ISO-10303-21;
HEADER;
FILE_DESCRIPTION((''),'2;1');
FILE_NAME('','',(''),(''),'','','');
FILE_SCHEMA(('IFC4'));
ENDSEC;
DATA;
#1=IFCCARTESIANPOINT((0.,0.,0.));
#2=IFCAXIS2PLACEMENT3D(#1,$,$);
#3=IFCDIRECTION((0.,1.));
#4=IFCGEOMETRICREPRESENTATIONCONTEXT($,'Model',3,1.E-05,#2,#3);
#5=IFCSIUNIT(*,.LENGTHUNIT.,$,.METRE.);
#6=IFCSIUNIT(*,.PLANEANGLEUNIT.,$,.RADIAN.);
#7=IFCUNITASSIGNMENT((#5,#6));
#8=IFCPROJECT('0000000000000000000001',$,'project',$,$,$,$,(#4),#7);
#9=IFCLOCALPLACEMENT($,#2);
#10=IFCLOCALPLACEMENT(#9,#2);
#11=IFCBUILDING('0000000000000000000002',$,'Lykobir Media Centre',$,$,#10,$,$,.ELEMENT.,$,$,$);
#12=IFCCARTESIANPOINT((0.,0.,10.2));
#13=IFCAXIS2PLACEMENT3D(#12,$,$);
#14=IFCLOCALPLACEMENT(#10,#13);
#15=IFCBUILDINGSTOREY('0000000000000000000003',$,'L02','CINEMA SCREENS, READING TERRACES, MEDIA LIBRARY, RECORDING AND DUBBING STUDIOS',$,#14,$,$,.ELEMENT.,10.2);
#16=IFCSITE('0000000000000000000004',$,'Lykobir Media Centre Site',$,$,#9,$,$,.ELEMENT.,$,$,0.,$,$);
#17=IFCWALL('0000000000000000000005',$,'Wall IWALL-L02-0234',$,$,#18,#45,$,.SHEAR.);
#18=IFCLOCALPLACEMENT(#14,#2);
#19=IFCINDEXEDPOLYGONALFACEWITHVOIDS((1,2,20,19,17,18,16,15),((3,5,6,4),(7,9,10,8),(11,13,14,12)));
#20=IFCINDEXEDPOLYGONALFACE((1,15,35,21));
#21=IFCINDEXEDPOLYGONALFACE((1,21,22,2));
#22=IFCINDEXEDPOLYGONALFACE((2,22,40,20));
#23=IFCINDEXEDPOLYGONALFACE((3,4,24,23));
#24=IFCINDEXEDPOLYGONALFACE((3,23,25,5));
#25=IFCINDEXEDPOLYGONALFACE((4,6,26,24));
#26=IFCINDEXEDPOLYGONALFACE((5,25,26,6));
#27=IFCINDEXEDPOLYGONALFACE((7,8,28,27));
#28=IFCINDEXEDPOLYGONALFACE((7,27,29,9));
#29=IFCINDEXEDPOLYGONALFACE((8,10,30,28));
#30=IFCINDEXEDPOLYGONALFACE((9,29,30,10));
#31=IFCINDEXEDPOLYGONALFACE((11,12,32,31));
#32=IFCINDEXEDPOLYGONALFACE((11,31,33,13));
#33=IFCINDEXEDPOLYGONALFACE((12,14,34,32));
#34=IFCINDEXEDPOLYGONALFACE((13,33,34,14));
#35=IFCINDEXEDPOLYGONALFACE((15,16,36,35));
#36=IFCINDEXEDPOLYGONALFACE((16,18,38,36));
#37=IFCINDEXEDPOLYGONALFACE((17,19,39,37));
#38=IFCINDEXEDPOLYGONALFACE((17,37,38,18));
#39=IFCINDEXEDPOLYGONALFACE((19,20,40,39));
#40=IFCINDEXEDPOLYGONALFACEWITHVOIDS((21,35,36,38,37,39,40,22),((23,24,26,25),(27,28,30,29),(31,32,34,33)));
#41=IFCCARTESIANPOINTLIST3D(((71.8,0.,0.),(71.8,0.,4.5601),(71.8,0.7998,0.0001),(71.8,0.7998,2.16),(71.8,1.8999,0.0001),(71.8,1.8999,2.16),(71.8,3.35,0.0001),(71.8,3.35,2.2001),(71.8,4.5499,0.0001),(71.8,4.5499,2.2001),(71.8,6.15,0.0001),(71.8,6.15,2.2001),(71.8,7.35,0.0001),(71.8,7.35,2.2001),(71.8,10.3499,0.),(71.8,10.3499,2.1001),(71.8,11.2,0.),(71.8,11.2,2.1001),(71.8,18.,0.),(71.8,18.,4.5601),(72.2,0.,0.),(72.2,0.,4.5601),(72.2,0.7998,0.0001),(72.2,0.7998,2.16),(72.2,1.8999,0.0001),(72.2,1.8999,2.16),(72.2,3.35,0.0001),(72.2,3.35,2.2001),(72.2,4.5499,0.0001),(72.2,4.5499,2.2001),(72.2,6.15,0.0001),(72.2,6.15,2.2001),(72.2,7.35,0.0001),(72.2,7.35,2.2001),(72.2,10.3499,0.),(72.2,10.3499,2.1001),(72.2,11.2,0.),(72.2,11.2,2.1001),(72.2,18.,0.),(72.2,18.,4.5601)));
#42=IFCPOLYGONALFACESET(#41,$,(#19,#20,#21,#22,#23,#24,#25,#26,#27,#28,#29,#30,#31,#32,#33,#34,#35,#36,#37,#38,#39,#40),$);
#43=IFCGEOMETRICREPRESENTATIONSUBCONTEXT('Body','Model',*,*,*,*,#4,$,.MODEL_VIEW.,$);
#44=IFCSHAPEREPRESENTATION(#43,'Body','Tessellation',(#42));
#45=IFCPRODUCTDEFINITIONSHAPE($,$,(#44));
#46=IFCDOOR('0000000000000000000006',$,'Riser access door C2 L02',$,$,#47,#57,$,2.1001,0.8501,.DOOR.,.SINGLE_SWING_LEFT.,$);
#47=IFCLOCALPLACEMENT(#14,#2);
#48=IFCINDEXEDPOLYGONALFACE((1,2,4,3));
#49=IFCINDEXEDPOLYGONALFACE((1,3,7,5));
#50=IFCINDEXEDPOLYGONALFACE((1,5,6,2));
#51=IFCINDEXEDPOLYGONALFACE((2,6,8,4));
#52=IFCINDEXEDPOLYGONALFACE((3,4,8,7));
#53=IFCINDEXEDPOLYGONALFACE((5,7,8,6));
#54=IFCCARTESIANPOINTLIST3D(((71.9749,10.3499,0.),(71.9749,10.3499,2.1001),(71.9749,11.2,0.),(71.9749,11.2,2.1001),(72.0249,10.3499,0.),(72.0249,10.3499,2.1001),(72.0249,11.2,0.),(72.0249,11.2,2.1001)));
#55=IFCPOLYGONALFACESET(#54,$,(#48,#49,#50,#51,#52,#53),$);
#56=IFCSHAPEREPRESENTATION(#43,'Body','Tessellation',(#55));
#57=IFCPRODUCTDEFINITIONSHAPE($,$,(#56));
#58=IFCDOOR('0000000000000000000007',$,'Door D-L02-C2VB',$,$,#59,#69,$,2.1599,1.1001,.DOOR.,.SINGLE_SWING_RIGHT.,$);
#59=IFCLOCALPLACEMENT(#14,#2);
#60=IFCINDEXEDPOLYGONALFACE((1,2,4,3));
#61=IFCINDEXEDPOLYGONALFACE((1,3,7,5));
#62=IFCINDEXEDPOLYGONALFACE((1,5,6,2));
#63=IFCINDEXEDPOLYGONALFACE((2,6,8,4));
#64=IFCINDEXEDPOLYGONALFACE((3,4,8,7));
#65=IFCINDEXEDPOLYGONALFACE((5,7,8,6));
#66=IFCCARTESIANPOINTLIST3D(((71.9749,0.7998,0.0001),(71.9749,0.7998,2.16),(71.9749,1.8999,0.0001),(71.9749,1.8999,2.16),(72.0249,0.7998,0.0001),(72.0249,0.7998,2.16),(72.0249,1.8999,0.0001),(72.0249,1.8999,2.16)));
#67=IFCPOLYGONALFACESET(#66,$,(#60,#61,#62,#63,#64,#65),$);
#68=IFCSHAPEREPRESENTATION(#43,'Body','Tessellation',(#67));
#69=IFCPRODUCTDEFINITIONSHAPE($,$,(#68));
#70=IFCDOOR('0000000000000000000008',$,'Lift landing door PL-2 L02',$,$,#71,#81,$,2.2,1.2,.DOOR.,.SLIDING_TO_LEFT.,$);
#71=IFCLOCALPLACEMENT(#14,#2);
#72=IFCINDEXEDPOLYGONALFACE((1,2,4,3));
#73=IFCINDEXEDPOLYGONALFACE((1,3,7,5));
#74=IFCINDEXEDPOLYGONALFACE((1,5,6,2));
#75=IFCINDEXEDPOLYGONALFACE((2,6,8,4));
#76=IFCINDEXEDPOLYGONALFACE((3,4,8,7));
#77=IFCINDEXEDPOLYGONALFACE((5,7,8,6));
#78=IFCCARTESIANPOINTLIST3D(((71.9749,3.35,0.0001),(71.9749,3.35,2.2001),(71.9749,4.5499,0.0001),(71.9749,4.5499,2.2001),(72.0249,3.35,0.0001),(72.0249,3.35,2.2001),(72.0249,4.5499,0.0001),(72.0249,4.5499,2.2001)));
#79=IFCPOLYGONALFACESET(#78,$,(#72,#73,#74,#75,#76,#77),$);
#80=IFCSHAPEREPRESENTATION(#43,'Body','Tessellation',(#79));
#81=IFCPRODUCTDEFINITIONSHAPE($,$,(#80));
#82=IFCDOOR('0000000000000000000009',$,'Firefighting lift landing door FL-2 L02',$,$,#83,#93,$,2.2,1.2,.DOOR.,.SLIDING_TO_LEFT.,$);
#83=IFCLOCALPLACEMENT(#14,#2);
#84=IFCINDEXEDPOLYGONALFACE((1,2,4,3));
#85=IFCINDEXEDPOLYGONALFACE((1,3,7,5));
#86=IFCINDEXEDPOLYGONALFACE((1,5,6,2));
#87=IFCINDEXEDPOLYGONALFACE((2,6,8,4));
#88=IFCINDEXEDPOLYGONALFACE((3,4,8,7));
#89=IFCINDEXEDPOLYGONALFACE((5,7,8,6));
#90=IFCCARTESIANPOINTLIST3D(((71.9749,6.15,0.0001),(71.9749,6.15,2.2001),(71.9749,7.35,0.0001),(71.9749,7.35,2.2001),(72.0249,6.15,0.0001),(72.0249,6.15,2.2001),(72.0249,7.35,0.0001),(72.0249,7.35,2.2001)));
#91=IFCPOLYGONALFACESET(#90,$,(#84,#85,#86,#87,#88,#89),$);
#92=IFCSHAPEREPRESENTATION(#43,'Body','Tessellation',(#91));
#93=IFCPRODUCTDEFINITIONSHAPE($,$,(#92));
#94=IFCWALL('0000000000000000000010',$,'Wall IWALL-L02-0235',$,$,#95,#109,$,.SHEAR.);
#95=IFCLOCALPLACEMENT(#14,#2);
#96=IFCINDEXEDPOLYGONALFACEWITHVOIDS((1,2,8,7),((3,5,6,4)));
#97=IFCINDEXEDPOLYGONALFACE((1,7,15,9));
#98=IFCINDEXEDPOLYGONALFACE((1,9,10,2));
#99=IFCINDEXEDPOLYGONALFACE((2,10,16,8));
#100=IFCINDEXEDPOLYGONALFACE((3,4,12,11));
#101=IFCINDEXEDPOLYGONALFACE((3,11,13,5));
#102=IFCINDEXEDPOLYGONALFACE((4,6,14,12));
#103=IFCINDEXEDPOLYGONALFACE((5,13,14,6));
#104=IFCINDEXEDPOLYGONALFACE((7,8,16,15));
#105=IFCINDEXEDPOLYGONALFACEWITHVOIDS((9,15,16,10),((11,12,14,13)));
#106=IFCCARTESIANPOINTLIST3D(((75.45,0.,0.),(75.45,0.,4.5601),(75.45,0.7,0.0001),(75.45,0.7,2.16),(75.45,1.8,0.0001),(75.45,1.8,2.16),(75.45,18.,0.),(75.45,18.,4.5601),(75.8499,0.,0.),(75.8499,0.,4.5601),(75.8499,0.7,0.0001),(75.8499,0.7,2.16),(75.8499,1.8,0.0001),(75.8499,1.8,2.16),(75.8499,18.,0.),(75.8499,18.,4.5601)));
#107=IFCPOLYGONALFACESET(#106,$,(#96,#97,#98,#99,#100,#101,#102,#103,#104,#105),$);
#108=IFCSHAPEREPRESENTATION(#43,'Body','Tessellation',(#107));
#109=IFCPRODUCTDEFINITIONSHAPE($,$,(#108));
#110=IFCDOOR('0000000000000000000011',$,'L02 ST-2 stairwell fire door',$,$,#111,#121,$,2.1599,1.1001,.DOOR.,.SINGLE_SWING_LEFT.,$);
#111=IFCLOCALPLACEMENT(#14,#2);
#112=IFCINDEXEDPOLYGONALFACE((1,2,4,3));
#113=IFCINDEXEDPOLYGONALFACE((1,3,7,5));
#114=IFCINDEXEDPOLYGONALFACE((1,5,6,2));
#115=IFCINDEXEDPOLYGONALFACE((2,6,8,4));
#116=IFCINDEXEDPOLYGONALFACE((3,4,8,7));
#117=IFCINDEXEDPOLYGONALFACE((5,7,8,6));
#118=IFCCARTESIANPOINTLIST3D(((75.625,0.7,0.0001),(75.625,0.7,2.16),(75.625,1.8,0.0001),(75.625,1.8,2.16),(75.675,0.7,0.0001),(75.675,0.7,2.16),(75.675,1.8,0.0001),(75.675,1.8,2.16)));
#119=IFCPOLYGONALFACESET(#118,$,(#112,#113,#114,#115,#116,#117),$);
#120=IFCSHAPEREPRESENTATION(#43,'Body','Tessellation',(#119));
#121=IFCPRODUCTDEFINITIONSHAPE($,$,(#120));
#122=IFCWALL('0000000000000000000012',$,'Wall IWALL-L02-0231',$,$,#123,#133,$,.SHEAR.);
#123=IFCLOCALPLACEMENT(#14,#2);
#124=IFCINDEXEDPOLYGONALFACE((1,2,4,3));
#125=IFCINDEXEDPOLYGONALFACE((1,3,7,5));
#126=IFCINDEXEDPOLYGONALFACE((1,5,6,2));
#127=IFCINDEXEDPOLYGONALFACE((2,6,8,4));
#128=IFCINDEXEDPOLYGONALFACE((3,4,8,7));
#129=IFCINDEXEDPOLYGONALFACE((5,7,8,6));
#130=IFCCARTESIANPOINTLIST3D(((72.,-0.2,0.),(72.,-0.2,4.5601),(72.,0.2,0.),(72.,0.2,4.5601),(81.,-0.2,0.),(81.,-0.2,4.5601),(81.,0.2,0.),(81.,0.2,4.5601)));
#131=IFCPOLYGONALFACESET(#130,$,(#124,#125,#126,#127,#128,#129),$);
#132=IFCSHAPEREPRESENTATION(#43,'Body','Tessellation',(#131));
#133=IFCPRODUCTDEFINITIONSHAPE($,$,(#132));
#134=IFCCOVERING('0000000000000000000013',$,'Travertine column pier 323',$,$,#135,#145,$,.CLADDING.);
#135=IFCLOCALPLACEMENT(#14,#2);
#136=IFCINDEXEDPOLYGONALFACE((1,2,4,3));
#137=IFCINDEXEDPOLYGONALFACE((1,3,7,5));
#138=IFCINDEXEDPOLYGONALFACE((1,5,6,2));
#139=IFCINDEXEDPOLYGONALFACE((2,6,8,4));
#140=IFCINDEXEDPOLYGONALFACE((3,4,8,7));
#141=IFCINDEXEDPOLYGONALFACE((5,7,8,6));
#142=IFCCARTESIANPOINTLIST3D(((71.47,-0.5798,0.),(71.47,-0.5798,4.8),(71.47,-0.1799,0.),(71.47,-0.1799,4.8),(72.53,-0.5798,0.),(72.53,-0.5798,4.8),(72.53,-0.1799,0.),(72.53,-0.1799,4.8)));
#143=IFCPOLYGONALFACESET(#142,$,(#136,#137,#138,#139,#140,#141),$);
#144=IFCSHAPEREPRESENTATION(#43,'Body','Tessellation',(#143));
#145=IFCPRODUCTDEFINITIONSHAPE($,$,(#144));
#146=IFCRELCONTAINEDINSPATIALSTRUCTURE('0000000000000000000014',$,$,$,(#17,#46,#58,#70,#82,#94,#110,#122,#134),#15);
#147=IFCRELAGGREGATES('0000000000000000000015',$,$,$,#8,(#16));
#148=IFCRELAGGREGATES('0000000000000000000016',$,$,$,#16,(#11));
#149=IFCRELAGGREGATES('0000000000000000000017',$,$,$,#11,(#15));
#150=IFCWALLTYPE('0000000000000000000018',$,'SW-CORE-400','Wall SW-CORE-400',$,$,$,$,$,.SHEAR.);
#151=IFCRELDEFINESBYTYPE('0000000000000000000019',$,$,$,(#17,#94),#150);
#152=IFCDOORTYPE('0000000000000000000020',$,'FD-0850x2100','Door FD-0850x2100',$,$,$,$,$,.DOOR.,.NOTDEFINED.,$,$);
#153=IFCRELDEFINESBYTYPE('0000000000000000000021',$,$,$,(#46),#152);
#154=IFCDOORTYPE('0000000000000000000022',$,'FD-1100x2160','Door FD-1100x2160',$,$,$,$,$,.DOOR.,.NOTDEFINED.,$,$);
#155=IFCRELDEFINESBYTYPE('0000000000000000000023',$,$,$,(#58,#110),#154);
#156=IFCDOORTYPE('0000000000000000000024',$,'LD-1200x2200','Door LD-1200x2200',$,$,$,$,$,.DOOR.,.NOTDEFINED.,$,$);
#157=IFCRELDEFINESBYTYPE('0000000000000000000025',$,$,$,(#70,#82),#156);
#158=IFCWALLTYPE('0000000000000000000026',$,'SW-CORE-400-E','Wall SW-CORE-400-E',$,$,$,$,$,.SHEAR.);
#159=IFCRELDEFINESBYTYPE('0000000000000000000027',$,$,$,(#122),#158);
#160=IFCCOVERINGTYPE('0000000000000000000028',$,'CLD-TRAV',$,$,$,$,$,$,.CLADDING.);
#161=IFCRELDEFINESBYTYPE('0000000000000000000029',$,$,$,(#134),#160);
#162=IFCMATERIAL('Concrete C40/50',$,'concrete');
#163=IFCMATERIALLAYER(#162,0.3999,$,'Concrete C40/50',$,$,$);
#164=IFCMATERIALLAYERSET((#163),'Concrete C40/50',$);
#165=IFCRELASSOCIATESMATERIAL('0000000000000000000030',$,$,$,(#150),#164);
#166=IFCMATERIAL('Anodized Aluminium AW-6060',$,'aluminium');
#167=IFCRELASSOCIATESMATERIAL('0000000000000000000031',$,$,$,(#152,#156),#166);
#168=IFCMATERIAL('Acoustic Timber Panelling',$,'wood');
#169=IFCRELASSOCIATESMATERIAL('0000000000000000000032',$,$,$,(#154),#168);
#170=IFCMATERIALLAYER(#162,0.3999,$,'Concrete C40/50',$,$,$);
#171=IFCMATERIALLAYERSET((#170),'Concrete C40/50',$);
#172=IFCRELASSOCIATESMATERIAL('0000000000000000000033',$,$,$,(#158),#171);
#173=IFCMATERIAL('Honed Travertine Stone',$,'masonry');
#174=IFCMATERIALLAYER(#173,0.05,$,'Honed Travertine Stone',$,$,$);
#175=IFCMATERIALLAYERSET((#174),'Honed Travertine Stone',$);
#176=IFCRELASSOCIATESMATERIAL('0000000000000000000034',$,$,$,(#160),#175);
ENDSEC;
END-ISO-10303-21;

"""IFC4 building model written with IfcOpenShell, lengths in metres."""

from ifc_helpers import new_model, si_unit, direction, frame, frame_2d, origin, origin_2d, place, context, subcontext, project, spatial, rectangle, extrude, material, layer, layer_set, type_object, element, fill, save


model = new_model("IFC4")

# Units and contexts
model_context = context("Model", 3, precision=1e-05, world=origin(), true_north=direction((0.0, 1.0)))
body_context = subcontext(model_context, "Body", "Model", "MODEL_VIEW")
ifc_project = project(units=[si_unit("LENGTHUNIT", "METRE"), si_unit("PLANEANGLEUNIT", "RADIAN")], contexts=[model_context])

# Site, building, storey
site_placement = place(None, origin())
site = spatial("IfcSite", under=ifc_project, at=site_placement, Name="Lykobir Media Centre Site", CompositionType="ELEMENT", RefElevation=0.0)
building_placement = place(site_placement, origin())
building = spatial("IfcBuilding", under=site, at=building_placement, Name="Lykobir Media Centre", CompositionType="ELEMENT")
storey_placement = place(building_placement, frame((0.0, 0.0, 10.2)))
storey = spatial("IfcBuildingStorey", under=building, at=storey_placement, Name="L02", Description="CINEMA SCREENS, READING TERRACES, MEDIA LIBRARY, RECORDING AND DUBBING STUDIOS", CompositionType="ELEMENT", Elevation=10.2)

# Shared definitions
ifc_material_1 = material(Name="Concrete C40/50", Category="concrete")

# Shared definitions
ifc_material_2 = material(Name="Acoustic Timber Panelling", Category="wood")

# Wall, openings, doors
ifc_layer_1 = layer(ifc_material_1, 0.3999, Name="Concrete C40/50")
ifc_layer_set_1 = layer_set([ifc_layer_1], Name="Concrete C40/50")
wall_type_1 = type_object("IfcWallType", Name="SW-CORE-400", Description="Wall SW-CORE-400", PredefinedType="SHEAR", material=ifc_layer_set_1)
wall_1_placement = place(storey_placement, frame((72.0, 18.0, 0.0), z_axis=(0.0, 0.0, 1.0), x_axis=(0.0, -1.0, 0.0)))
wall_1 = element("IfcWall", 1, at=wall_1_placement, inside=storey, type_object=wall_type_1, Name="Wall IWALL-L02-0234", PredefinedType="SHEAR", context=body_context, shape_type="SweptSolid", body=[
    extrude(rectangle(XDim=18.0, YDim=0.3999, at=frame_2d((9.0, 0.0))), origin(), (0.0, 0.0, 1.0), 4.5601),
])
opening_1_placement = place(wall_1_placement, frame((16.1001, 0.0, 0.0)))
opening_1 = element("IfcOpeningElement", 2, at=opening_1_placement, cuts=wall_1, PredefinedType="OPENING", context=body_context, shape_type="SweptSolid", body=[
    extrude(rectangle(XDim=1.1001, YDim=2.1599, at=frame_2d((0.55, 1.0801))), frame((0.0, 0.21, 0.0), z_axis=(0.0, -1.0, 0.0), x_axis=(1.0, 0.0, 0.0)), (0.0, 0.0, 1.0), 0.4199),
])
opening_2_placement = place(wall_1_placement, frame((13.45, 0.0, 0.0)))
opening_2 = element("IfcOpeningElement", 3, at=opening_2_placement, cuts=wall_1, PredefinedType="OPENING", context=body_context, shape_type="SweptSolid", body=[
    extrude(rectangle(XDim=1.2, YDim=2.2, at=frame_2d((0.6001, 1.1001))), frame((0.0, 0.21, 0.0), z_axis=(0.0, -1.0, 0.0), x_axis=(1.0, 0.0, 0.0)), (0.0, 0.0, 1.0), 0.4199),
])
opening_3_placement = place(wall_1_placement, frame((10.6499, 0.0, 0.0)))
opening_3 = element("IfcOpeningElement", 4, at=opening_3_placement, cuts=wall_1, PredefinedType="OPENING", context=body_context, shape_type="SweptSolid", body=[
    extrude(rectangle(XDim=1.2, YDim=2.2, at=frame_2d((0.6001, 1.1001))), frame((0.0, 0.21, 0.0), z_axis=(0.0, -1.0, 0.0), x_axis=(1.0, 0.0, 0.0)), (0.0, 0.0, 1.0), 0.4199),
])
opening_4_placement = place(wall_1_placement, frame((6.8, 0.0, 0.0)))
opening_4 = element("IfcOpeningElement", 5, at=opening_4_placement, cuts=wall_1, PredefinedType="OPENING", context=body_context, shape_type="SweptSolid", body=[
    extrude(rectangle(XDim=0.8501, YDim=2.1001, at=frame_2d((0.425, 1.05))), frame((0.0, 0.21, 0.0), z_axis=(0.0, -1.0, 0.0), x_axis=(1.0, 0.0, 0.0)), (0.0, 0.0, 1.0), 0.4199),
])
ifc_material_3 = material(Name="Anodized Aluminium AW-6060", Category="aluminium")
door_type_1 = type_object("IfcDoorType", Name="FD-0850x2100", Description="Door FD-0850x2100", OperationType="NOTDEFINED", PredefinedType="DOOR", material=ifc_material_3)
door_1_placement = place(opening_4_placement, origin())
door_1 = element("IfcDoor", 6, at=door_1_placement, inside=storey, type_object=door_type_1, Name="Riser access door C2 L02", OperationType="SINGLE_SWING_LEFT", OverallHeight=2.1001, OverallWidth=0.8501, PredefinedType="DOOR", context=body_context, shape_type="SweptSolid", body=[
    extrude(rectangle(XDim=0.8501, YDim=2.1001, at=frame_2d((0.425, 1.05))), frame((0.0, 0.0249, 0.0), z_axis=(0.0, -1.0, 0.0), x_axis=(1.0, 0.0, 0.0)), (0.0, 0.0, 1.0), 0.05),
])
fill(opening_4, door_1)
door_type_2 = type_object("IfcDoorType", Name="FD-1100x2160", Description="Door FD-1100x2160", OperationType="NOTDEFINED", PredefinedType="DOOR", material=ifc_material_2)
door_2_placement = place(opening_1_placement, origin())
door_2 = element("IfcDoor", 7, at=door_2_placement, inside=storey, type_object=door_type_2, Name="Door D-L02-C2VB", OperationType="SINGLE_SWING_RIGHT", OverallHeight=2.1599, OverallWidth=1.1001, PredefinedType="DOOR", context=body_context, shape_type="SweptSolid", body=[
    extrude(rectangle(XDim=1.1001, YDim=2.1599, at=frame_2d((0.55, 1.0801))), frame((0.0, 0.0249, 0.0), z_axis=(0.0, -1.0, 0.0), x_axis=(1.0, 0.0, 0.0)), (0.0, 0.0, 1.0), 0.05),
])
fill(opening_1, door_2)
door_type_3 = type_object("IfcDoorType", Name="LD-1200x2200", Description="Door LD-1200x2200", OperationType="NOTDEFINED", PredefinedType="DOOR", material=ifc_material_3)
door_3_placement = place(opening_2_placement, origin())
door_3 = element("IfcDoor", 8, at=door_3_placement, inside=storey, type_object=door_type_3, Name="Lift landing door PL-2 L02", OperationType="SLIDING_TO_LEFT", OverallHeight=2.2, OverallWidth=1.2, PredefinedType="DOOR", context=body_context, shape_type="SweptSolid", body=[
    extrude(rectangle(XDim=1.2, YDim=2.2, at=frame_2d((0.6001, 1.1001))), frame((0.0, 0.0249, 0.0), z_axis=(0.0, -1.0, 0.0), x_axis=(1.0, 0.0, 0.0)), (0.0, 0.0, 1.0), 0.05),
])
fill(opening_2, door_3)
door_4_placement = place(opening_3_placement, origin())
door_4 = element("IfcDoor", 9, at=door_4_placement, inside=storey, type_object=door_type_3, Name="Firefighting lift landing door FL-2 L02", OperationType="SLIDING_TO_LEFT", OverallHeight=2.2, OverallWidth=1.2, PredefinedType="DOOR", context=body_context, shape_type="SweptSolid", body=[
    extrude(rectangle(XDim=1.2, YDim=2.2, at=frame_2d((0.6001, 1.1001))), frame((0.0, 0.0249, 0.0), z_axis=(0.0, -1.0, 0.0), x_axis=(1.0, 0.0, 0.0)), (0.0, 0.0, 1.0), 0.05),
])
fill(opening_3, door_4)

# Wall, opening, door
wall_2_placement = place(storey_placement, frame((75.6499, 0.0, 0.0), z_axis=(0.0, 0.0, 1.0), x_axis=(0.0, 1.0, 0.0)))
wall_2 = element("IfcWall", 10, at=wall_2_placement, inside=storey, type_object=wall_type_1, Name="Wall IWALL-L02-0235", PredefinedType="SHEAR", context=body_context, shape_type="SweptSolid", body=[
    extrude(rectangle(XDim=18.0, YDim=0.3999, at=frame_2d((9.0, 0.0))), origin(), (0.0, 0.0, 1.0), 4.5601),
])
opening_5_placement = place(wall_2_placement, frame((0.7, 0.0, 0.0)))
opening_5 = element("IfcOpeningElement", 11, at=opening_5_placement, cuts=wall_2, PredefinedType="OPENING", context=body_context, shape_type="SweptSolid", body=[
    extrude(rectangle(XDim=1.1001, YDim=2.1599, at=frame_2d((0.55, 1.0801))), frame((0.0, 0.21, 0.0), z_axis=(0.0, -1.0, 0.0), x_axis=(1.0, 0.0, 0.0)), (0.0, 0.0, 1.0), 0.4199),
])
door_5_placement = place(opening_5_placement, origin())
door_5 = element("IfcDoor", 12, at=door_5_placement, inside=storey, type_object=door_type_2, Name="L02 ST-2 stairwell fire door", OperationType="SINGLE_SWING_LEFT", OverallHeight=2.1599, OverallWidth=1.1001, PredefinedType="DOOR", context=body_context, shape_type="SweptSolid", body=[
    extrude(rectangle(XDim=1.1001, YDim=2.1599, at=frame_2d((0.55, 1.0801))), frame((0.0, 0.0249, 0.0), z_axis=(0.0, -1.0, 0.0), x_axis=(1.0, 0.0, 0.0)), (0.0, 0.0, 1.0), 0.05),
])
fill(opening_5, door_5)

# Wall
ifc_layer_2 = layer(ifc_material_1, 0.3999, Name="Concrete C40/50")
ifc_layer_set_2 = layer_set([ifc_layer_2], Name="Concrete C40/50")
wall_type_2 = type_object("IfcWallType", Name="SW-CORE-400-E", Description="Wall SW-CORE-400-E", PredefinedType="SHEAR", material=ifc_layer_set_2)
wall_3_placement = place(storey_placement, frame((72.0, 0.0, 0.0), z_axis=(0.0, 0.0, 1.0), x_axis=(1.0, 0.0, 0.0)))
element("IfcWall", 13, at=wall_3_placement, inside=storey, type_object=wall_type_2, Name="Wall IWALL-L02-0231", PredefinedType="SHEAR", context=body_context, shape_type="SweptSolid", body=[
    extrude(rectangle(XDim=9.0, YDim=0.3999, at=frame_2d((4.5, 0.0))), origin(), (0.0, 0.0, 1.0), 4.5601),
])

# Covering
ifc_material_4 = material(Name="Honed Travertine Stone", Category="masonry")
ifc_layer_3 = layer(ifc_material_4, 0.05, Name="Honed Travertine Stone")
ifc_layer_set_3 = layer_set([ifc_layer_3], Name="Honed Travertine Stone")
covering_type = type_object("IfcCoveringType", Name="CLD-TRAV", PredefinedType="CLADDING", material=ifc_layer_set_3)
covering_placement = place(storey_placement, frame((72.0, -0.3799, 0.0), z_axis=(0.0, 0.0, 1.0), x_axis=(1.0, 0.0, 0.0)))
element("IfcCovering", 14, at=covering_placement, inside=storey, type_object=covering_type, Name="Travertine column pier 323", PredefinedType="CLADDING", context=body_context, shape_type="SweptSolid", body=[
    extrude(rectangle(XDim=1.0601, YDim=0.3999, at=origin_2d()), origin(), (0.0, 0.0, 1.0), 4.8),
])

save(model, "model.ifc")
